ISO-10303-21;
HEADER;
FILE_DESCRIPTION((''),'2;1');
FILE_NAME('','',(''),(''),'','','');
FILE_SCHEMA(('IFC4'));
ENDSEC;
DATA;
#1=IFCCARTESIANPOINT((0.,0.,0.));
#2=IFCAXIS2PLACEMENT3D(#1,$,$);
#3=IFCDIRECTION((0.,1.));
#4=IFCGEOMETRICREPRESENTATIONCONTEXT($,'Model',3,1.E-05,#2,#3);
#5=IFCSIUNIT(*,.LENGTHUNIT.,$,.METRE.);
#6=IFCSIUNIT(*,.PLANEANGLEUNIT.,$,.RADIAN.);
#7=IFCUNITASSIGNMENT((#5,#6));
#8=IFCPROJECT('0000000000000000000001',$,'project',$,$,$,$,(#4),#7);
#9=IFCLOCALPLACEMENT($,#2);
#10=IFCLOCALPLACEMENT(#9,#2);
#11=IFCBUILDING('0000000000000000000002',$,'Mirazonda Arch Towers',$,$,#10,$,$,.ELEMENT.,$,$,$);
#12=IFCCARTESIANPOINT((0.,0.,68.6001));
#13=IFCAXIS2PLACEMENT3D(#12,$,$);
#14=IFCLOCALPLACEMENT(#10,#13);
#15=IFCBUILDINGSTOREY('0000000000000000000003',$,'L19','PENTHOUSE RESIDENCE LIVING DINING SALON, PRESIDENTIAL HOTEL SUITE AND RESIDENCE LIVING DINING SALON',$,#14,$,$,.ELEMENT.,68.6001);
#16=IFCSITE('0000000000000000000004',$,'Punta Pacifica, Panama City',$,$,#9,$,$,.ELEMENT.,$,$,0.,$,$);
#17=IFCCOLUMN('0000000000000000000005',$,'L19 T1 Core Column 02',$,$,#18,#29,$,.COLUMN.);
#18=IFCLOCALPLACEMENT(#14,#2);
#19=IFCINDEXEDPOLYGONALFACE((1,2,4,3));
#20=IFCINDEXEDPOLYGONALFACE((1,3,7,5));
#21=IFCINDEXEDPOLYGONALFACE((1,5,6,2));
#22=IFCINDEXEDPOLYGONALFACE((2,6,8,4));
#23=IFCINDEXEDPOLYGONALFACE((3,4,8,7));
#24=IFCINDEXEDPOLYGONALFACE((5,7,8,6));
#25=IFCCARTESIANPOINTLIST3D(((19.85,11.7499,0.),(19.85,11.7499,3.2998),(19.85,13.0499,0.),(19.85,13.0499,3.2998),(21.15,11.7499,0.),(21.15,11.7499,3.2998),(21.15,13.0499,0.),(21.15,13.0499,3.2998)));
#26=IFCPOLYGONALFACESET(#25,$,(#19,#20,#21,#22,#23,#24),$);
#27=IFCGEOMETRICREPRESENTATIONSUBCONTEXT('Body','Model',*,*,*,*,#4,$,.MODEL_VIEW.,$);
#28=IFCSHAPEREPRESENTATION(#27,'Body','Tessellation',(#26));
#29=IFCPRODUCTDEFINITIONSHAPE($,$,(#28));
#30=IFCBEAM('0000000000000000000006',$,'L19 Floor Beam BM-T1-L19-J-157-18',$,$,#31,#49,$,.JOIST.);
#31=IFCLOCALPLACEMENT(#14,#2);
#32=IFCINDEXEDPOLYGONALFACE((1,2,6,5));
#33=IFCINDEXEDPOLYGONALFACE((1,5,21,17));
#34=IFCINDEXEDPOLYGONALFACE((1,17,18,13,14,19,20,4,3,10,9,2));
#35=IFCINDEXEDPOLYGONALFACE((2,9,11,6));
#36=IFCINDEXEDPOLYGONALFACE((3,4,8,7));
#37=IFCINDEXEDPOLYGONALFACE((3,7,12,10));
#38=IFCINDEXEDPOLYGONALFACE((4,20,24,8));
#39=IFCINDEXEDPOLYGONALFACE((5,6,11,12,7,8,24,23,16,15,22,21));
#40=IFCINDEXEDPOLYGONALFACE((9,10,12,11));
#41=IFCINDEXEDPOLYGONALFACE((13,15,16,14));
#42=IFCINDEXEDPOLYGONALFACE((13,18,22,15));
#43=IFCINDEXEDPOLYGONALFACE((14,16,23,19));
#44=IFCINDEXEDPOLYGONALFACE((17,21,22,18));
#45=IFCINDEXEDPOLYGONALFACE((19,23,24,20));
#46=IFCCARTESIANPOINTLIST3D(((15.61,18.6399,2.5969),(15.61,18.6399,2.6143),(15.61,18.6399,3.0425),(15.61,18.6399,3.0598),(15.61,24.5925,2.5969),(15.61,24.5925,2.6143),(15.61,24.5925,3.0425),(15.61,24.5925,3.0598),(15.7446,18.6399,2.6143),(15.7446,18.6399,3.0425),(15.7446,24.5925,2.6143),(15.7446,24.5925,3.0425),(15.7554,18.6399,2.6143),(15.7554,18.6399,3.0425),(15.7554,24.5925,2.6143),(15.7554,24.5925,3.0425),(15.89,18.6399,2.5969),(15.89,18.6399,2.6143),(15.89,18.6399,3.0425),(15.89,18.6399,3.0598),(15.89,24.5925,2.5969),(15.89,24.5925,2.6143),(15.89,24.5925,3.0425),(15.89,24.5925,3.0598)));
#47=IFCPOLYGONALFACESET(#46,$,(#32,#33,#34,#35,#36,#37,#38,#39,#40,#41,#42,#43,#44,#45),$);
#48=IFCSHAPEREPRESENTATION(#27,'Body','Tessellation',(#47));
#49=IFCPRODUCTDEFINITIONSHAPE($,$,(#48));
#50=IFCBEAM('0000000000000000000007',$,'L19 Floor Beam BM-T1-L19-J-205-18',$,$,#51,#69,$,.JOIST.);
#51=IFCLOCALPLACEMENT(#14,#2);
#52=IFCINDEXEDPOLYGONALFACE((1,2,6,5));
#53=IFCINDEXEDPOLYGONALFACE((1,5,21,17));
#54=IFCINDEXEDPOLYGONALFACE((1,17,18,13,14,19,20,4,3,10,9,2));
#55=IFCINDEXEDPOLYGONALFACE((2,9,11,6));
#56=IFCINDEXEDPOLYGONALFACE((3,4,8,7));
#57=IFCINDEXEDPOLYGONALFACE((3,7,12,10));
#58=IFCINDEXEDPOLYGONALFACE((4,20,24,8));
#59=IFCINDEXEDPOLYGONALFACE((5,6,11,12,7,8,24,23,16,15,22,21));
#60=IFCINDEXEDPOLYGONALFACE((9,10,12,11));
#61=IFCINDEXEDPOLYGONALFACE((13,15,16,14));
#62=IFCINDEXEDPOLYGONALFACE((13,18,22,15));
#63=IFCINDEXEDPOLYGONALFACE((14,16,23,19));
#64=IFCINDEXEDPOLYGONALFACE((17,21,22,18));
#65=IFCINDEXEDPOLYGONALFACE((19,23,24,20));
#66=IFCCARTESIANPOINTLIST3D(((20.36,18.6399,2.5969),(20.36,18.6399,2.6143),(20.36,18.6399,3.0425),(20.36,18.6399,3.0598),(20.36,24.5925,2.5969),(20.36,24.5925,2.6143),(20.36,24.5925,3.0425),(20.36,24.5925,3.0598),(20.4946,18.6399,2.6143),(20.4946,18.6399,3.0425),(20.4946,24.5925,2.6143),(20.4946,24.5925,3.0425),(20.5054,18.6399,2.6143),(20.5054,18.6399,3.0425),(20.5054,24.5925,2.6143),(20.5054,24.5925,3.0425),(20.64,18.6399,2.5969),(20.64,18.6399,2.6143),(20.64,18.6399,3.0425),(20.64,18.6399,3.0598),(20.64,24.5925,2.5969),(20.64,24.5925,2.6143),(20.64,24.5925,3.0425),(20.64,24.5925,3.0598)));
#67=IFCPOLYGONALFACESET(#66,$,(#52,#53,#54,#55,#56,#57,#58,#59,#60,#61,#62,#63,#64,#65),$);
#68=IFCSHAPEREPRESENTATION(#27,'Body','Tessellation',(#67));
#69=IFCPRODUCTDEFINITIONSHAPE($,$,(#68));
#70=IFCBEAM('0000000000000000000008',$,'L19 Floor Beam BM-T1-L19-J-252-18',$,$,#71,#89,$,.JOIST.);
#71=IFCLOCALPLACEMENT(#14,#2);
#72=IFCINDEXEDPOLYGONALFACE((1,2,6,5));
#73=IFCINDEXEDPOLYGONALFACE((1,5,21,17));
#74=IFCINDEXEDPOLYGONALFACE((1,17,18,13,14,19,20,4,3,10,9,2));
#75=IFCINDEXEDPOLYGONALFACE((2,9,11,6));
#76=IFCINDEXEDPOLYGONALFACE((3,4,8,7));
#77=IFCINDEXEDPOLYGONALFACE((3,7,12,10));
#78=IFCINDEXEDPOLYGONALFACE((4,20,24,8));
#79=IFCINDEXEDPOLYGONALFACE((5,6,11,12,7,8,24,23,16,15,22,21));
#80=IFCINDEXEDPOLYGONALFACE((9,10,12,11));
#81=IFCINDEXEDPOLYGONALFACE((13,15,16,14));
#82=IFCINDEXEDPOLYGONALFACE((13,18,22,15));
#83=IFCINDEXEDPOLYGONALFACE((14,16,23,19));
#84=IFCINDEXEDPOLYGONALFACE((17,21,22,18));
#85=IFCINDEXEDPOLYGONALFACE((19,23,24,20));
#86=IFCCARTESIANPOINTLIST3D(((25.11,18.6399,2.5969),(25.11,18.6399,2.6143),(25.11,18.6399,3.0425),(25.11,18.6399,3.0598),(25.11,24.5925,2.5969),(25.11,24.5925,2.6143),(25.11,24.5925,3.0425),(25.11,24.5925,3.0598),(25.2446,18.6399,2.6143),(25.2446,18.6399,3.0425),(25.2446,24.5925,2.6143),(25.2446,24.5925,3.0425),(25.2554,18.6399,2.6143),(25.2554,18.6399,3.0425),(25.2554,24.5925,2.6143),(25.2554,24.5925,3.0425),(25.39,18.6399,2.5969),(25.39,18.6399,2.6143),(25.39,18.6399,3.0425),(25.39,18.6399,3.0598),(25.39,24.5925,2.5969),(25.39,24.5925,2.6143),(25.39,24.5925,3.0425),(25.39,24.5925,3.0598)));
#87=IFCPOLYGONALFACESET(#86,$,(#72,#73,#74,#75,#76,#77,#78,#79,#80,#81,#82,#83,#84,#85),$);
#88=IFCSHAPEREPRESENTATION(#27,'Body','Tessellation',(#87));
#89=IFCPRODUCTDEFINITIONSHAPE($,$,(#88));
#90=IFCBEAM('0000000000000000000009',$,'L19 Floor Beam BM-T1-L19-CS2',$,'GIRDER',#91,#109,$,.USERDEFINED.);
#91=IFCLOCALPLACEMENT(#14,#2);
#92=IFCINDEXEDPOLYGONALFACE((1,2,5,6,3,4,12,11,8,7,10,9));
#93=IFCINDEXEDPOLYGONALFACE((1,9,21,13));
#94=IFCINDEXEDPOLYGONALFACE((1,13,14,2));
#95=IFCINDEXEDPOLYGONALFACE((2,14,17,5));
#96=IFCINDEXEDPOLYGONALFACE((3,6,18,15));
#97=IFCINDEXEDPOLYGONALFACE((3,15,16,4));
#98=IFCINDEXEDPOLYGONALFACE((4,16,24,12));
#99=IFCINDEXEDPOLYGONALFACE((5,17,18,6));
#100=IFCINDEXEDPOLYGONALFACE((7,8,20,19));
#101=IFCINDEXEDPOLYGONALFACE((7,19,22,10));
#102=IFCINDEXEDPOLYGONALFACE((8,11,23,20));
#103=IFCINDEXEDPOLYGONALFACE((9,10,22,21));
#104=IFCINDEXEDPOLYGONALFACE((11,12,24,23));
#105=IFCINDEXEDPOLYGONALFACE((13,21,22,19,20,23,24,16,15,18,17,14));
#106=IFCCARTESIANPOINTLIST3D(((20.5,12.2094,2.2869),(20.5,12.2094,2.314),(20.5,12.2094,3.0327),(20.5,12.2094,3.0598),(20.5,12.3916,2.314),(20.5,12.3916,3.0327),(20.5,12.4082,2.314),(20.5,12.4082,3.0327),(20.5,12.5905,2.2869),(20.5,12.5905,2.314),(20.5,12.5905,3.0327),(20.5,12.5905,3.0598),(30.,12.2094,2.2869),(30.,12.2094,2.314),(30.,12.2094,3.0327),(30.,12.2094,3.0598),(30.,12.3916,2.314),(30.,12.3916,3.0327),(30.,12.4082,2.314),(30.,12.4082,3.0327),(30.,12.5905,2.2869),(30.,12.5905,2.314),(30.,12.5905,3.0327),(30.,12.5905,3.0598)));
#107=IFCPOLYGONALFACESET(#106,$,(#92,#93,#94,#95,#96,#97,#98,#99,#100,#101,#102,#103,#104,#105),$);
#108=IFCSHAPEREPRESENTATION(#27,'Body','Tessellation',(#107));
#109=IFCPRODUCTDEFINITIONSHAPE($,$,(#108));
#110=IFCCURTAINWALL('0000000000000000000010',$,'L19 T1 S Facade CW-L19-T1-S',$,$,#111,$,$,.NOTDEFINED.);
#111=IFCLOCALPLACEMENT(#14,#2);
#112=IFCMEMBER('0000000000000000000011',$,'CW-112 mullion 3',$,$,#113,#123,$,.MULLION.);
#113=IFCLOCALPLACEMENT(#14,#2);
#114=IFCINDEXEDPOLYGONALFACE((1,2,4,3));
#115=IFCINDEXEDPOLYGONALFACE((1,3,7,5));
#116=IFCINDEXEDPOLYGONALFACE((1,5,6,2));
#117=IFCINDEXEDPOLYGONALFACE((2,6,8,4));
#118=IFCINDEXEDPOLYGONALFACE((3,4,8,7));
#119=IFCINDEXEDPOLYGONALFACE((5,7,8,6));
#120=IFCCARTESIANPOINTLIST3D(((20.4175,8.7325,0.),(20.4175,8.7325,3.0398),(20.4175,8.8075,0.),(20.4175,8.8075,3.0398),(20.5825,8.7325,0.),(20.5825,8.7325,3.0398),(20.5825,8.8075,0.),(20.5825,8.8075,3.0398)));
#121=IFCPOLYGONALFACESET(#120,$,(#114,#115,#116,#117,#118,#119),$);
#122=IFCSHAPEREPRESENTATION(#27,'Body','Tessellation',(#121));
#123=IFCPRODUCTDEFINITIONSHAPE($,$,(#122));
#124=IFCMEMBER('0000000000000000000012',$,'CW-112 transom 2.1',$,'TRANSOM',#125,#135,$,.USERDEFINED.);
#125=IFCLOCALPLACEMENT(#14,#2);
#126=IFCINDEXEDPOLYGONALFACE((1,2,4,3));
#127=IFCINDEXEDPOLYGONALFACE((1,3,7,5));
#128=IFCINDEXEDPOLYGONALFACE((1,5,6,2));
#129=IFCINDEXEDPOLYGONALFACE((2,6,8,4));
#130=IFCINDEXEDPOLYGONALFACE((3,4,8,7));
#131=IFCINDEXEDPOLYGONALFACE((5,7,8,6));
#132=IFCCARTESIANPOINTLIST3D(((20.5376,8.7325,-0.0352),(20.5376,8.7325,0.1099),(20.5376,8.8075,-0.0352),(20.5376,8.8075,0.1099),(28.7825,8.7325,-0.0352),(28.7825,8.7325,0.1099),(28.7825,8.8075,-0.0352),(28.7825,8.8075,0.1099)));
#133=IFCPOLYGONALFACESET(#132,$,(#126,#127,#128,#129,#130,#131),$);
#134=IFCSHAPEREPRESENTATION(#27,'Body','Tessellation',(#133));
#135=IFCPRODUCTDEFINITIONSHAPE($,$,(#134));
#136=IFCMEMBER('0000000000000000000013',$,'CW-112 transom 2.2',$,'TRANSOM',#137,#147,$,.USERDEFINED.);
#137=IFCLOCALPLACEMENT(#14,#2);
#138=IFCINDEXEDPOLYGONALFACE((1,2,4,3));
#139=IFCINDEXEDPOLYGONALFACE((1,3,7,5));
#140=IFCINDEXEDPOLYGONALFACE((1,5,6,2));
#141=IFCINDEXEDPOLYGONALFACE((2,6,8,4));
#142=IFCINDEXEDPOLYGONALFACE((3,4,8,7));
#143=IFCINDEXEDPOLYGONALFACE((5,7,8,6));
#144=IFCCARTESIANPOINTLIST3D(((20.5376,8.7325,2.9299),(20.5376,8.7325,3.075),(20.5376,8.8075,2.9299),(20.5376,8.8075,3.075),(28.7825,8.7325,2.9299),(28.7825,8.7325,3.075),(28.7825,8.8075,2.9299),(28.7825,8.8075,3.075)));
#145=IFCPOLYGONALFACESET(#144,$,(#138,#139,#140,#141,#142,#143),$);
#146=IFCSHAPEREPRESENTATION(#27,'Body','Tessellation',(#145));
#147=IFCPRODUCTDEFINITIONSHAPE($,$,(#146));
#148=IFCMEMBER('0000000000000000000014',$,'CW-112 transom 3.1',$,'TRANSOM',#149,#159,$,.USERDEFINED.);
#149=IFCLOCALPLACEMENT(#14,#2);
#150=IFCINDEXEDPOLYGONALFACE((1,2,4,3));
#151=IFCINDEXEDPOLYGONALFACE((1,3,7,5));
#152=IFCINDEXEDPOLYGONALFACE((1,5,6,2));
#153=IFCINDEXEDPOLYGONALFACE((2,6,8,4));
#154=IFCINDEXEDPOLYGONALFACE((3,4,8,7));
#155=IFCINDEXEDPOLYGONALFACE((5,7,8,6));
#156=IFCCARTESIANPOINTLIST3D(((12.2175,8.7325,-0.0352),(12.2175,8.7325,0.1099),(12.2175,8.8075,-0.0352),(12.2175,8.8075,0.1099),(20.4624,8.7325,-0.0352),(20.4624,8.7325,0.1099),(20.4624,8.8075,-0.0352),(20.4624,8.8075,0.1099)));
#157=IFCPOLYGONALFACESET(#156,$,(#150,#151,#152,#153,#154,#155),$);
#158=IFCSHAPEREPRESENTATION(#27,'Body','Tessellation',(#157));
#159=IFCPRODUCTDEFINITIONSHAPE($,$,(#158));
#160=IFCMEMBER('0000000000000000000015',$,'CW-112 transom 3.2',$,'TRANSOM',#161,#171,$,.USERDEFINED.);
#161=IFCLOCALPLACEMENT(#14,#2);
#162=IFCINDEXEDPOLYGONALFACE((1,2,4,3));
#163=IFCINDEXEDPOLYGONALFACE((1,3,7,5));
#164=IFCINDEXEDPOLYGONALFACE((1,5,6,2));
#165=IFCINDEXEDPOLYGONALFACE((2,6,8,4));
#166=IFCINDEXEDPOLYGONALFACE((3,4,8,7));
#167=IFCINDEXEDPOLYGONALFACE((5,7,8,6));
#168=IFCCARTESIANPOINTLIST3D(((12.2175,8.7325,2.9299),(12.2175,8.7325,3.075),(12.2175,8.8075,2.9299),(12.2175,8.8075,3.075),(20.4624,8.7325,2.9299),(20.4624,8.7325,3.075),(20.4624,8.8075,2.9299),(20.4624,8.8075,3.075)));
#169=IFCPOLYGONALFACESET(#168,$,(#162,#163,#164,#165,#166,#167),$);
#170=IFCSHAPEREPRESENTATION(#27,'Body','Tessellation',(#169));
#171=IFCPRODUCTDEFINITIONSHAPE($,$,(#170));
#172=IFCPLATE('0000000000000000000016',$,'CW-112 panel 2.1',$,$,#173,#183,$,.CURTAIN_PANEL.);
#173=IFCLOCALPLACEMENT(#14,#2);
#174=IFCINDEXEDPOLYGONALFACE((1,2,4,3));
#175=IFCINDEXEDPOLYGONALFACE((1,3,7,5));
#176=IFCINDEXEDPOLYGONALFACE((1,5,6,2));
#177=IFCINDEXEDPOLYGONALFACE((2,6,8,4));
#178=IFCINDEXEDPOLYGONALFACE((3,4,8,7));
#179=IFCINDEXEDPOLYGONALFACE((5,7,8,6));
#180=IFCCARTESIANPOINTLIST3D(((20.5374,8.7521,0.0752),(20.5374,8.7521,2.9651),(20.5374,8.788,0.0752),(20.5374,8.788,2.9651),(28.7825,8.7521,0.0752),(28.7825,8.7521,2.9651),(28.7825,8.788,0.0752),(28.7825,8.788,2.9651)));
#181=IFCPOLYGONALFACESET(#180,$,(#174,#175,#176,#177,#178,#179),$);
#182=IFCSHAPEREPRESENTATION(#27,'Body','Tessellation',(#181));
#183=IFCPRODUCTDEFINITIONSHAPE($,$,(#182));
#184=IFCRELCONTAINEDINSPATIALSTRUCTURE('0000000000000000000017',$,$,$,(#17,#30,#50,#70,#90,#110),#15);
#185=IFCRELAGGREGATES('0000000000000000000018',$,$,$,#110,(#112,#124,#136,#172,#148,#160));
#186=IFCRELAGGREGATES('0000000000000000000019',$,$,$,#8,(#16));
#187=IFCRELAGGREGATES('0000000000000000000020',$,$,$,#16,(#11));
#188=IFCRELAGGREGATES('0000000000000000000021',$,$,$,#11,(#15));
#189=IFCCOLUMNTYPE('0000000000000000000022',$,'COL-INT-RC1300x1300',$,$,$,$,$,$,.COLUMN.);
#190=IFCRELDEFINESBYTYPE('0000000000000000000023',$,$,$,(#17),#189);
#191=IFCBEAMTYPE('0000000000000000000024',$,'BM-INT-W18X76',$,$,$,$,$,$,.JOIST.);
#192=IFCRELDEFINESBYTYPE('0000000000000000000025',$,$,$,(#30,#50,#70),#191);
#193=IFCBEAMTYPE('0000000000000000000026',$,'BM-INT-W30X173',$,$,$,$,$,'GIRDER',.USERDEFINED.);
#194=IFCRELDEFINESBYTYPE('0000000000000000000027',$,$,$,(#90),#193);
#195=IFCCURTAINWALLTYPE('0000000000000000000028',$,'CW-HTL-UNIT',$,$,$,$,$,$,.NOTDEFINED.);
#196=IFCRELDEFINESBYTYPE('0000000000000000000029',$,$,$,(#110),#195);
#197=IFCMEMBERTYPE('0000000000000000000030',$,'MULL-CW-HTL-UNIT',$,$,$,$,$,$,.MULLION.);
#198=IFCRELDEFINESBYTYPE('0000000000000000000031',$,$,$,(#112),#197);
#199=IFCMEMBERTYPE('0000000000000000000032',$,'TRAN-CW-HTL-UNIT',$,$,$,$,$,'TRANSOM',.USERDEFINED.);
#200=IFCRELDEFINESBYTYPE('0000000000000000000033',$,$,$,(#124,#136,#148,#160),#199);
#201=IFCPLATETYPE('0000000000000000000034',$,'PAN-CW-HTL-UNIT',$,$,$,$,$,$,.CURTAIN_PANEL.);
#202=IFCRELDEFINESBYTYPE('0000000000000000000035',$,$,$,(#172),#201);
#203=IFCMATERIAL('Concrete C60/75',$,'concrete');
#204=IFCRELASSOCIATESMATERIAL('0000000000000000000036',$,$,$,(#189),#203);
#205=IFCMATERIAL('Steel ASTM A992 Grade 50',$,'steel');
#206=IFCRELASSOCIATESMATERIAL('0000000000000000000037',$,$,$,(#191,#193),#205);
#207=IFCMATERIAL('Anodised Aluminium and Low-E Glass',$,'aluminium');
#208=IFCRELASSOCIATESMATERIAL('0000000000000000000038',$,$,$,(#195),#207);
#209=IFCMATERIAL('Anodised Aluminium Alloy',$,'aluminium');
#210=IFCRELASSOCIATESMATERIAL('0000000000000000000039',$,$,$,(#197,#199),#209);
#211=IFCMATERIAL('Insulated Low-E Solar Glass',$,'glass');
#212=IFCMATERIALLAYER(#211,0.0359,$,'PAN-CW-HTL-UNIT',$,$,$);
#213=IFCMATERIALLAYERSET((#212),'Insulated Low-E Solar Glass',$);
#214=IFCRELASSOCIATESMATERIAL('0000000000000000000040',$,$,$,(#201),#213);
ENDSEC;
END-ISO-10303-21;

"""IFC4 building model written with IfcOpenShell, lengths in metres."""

from ifc_helpers import new_model, si_unit, direction, frame, origin, origin_2d, place, context, subcontext, project, spatial, rectangle, i_section, extrude, material, layer, layer_set, material_profile, profile_set, type_object, element, aggregate, save


model = new_model("IFC4")

# Units and contexts
model_context = context("Model", 3, precision=1e-05, world=origin(), true_north=direction((0.0, 1.0)))
body_context = subcontext(model_context, "Body", "Model", "MODEL_VIEW")
ifc_project = project(units=[si_unit("LENGTHUNIT", "METRE"), si_unit("PLANEANGLEUNIT", "RADIAN")], contexts=[model_context])

# Site, building, storey
site_placement = place(None, origin())
site = spatial("IfcSite", under=ifc_project, at=site_placement, Name="Punta Pacifica, Panama City", CompositionType="ELEMENT", RefElevation=0.0)
building_placement = place(site_placement, origin())
building = spatial("IfcBuilding", under=site, at=building_placement, Name="Mirazonda Arch Towers", CompositionType="ELEMENT")
storey_placement = place(building_placement, frame((0.0, 0.0, 68.6001)))
storey = spatial("IfcBuildingStorey", under=building, at=storey_placement, Name="L19", Description="PENTHOUSE RESIDENCE LIVING DINING SALON, PRESIDENTIAL HOTEL SUITE AND RESIDENCE LIVING DINING SALON", CompositionType="ELEMENT", Elevation=68.6001)

# Column
ifc_material_1 = material(Name="Concrete C60/75", Category="concrete")
ifc_material_profile_1 = material_profile(ifc_material_1, rectangle(XDim=1.3, YDim=1.3, at=origin_2d()), Name="RC1300x1300")
ifc_profile_set_1 = profile_set([ifc_material_profile_1], Name="Concrete C60/75")
column_type = type_object("IfcColumnType", Name="COL-INT-RC1300x1300", PredefinedType="COLUMN", material=ifc_profile_set_1)
column_placement = place(storey_placement, frame((20.5, 12.3999, 0.0), z_axis=(0.0, 0.0, 1.0), x_axis=(1.0, 0.0, 0.0)))
element("IfcColumn", 1, at=column_placement, inside=storey, type_object=column_type, Name="L19 T1 Core Column 02", PredefinedType="COLUMN", context=body_context, shape_type="SweptSolid", body=[
    extrude(rectangle(XDim=1.3, YDim=1.3, at=origin_2d()), origin(), (0.0, 0.0, 1.0), 3.2998),
])

# Beams
ifc_material_2 = material(Name="Steel ASTM A992 Grade 50", Category="steel")
ifc_material_profile_2 = material_profile(ifc_material_2, i_section(OverallWidth=0.28, OverallDepth=0.4629, WebThickness=0.0107, FlangeThickness=0.0173, at=origin_2d()), Name="W18X76")
ifc_profile_set_2 = profile_set([ifc_material_profile_2], Name="Steel ASTM A992 Grade 50")
beam_type_1 = type_object("IfcBeamType", Name="BM-INT-W18X76", PredefinedType="JOIST", material=ifc_profile_set_2)
for number, where, z_axis, x_axis, name in (
    (2, (15.75, 18.6399, 2.8284), (0.0, 1.0, 0.0), (-1.0, 0.0, 0.0), "L19 Floor Beam BM-T1-L19-J-157-18"),
    (3, (20.5, 18.6399, 2.8284), (0.0, 1.0, 0.0), (-1.0, 0.0, 0.0), "L19 Floor Beam BM-T1-L19-J-205-18"),
    (4, (25.25, 18.6399, 2.8284), (0.0, 1.0, 0.0), (-1.0, 0.0, 0.0), "L19 Floor Beam BM-T1-L19-J-252-18"),
):
    element("IfcBeam", number, at=place(storey_placement, frame(where, z_axis=z_axis, x_axis=x_axis)), inside=storey, type_object=beam_type_1, Name=name, PredefinedType="JOIST", context=body_context, shape_type="SweptSolid", body=[
        extrude(i_section(OverallWidth=0.28, OverallDepth=0.4629, WebThickness=0.0107, FlangeThickness=0.0173, at=origin_2d()), origin(), (0.0, 0.0, 1.0), 5.9526),
    ])
ifc_material_profile_3 = material_profile(ifc_material_2, i_section(OverallWidth=0.3811, OverallDepth=0.7729, WebThickness=0.0166, FlangeThickness=0.0271, at=origin_2d()), Name="W30X173")
ifc_profile_set_3 = profile_set([ifc_material_profile_3], Name="Steel ASTM A992 Grade 50")
beam_type_2 = type_object("IfcBeamType", Name="BM-INT-W30X173", ElementType="GIRDER", PredefinedType="USERDEFINED", material=ifc_profile_set_3)
beam_placement = place(storey_placement, frame((20.5, 12.3999, 2.6733), z_axis=(1.0, 0.0, 0.0), x_axis=(0.0, 1.0, 0.0)))
element("IfcBeam", 5, at=beam_placement, inside=storey, type_object=beam_type_2, Name="L19 Floor Beam BM-T1-L19-CS2", ObjectType="GIRDER", PredefinedType="USERDEFINED", context=body_context, shape_type="SweptSolid", body=[
    extrude(i_section(OverallWidth=0.3811, OverallDepth=0.7729, WebThickness=0.0166, FlangeThickness=0.0271, at=origin_2d()), origin(), (0.0, 0.0, 1.0), 9.5),
])

# Curtain wall, members, plate
ifc_material_3 = material(Name="Anodised Aluminium and Low-E Glass", Category="aluminium")
curtain_wall_type = type_object("IfcCurtainWallType", Name="CW-HTL-UNIT", PredefinedType="NOTDEFINED", material=ifc_material_3)
curtain_wall_placement = place(storey_placement, origin())
curtain_wall = element("IfcCurtainWall", 6, at=curtain_wall_placement, inside=storey, type_object=curtain_wall_type, Name="L19 T1 S Facade CW-L19-T1-S", PredefinedType="NOTDEFINED")
ifc_material_4 = material(Name="Anodised Aluminium Alloy", Category="aluminium")
ifc_material_profile_4 = material_profile(ifc_material_4, rectangle(XDim=0.075, YDim=0.165, at=origin_2d()), Name="ALU-MULL-75x165")
ifc_profile_set_4 = profile_set([ifc_material_profile_4], Name="Anodised Aluminium Alloy")
member_type_1 = type_object("IfcMemberType", Name="MULL-CW-HTL-UNIT", PredefinedType="MULLION", material=ifc_profile_set_4)
member_1_placement = place(storey_placement, frame((20.5, 8.77, 0.0), z_axis=(0.0, 0.0, 1.0), x_axis=(0.0, -1.0, 0.0)))
member_1 = element("IfcMember", 7, at=member_1_placement, type_object=member_type_1, Name="CW-112 mullion 3", PredefinedType="MULLION", context=body_context, shape_type="SweptSolid", body=[
    extrude(rectangle(XDim=0.075, YDim=0.165, at=origin_2d()), origin(), (0.0, 0.0, 1.0), 3.0398),
])
ifc_material_profile_5 = material_profile(ifc_material_4, rectangle(XDim=0.075, YDim=0.145, at=origin_2d()), Name="ALU-TRAN-75x145")
ifc_profile_set_5 = profile_set([ifc_material_profile_5], Name="Anodised Aluminium Alloy")
member_type_2 = type_object("IfcMemberType", Name="TRAN-CW-HTL-UNIT", ElementType="TRANSOM", PredefinedType="USERDEFINED", material=ifc_profile_set_5)
member_2_placement = place(storey_placement, frame((28.7825, 8.77, 0.0374), z_axis=(-1.0, 0.0, 0.0), x_axis=(0.0, -1.0, 0.0)))
member_2 = element("IfcMember", 8, at=member_2_placement, type_object=member_type_2, Name="CW-112 transom 2.1", ObjectType="TRANSOM", PredefinedType="USERDEFINED", context=body_context, shape_type="SweptSolid", body=[
    extrude(rectangle(XDim=0.075, YDim=0.145, at=origin_2d()), origin(), (0.0, 0.0, 1.0), 8.2449),
])
member_3_placement = place(storey_placement, frame((28.7825, 8.77, 3.0024), z_axis=(-1.0, 0.0, 0.0), x_axis=(0.0, -1.0, 0.0)))
member_3 = element("IfcMember", 9, at=member_3_placement, type_object=member_type_2, Name="CW-112 transom 2.2", ObjectType="TRANSOM", PredefinedType="USERDEFINED", context=body_context, shape_type="SweptSolid", body=[
    extrude(rectangle(XDim=0.075, YDim=0.145, at=origin_2d()), origin(), (0.0, 0.0, 1.0), 8.2449),
])
member_4_placement = place(storey_placement, frame((20.4624, 8.77, 0.0374), z_axis=(-1.0, 0.0, 0.0), x_axis=(0.0, -1.0, 0.0)))
member_4 = element("IfcMember", 10, at=member_4_placement, type_object=member_type_2, Name="CW-112 transom 3.1", ObjectType="TRANSOM", PredefinedType="USERDEFINED", context=body_context, shape_type="SweptSolid", body=[
    extrude(rectangle(XDim=0.075, YDim=0.145, at=origin_2d()), origin(), (0.0, 0.0, 1.0), 8.2449),
])
member_5_placement = place(storey_placement, frame((20.4624, 8.77, 3.0024), z_axis=(-1.0, 0.0, 0.0), x_axis=(0.0, -1.0, 0.0)))
member_5 = element("IfcMember", 11, at=member_5_placement, type_object=member_type_2, Name="CW-112 transom 3.2", ObjectType="TRANSOM", PredefinedType="USERDEFINED", context=body_context, shape_type="SweptSolid", body=[
    extrude(rectangle(XDim=0.075, YDim=0.145, at=origin_2d()), origin(), (0.0, 0.0, 1.0), 8.2449),
])
ifc_material_5 = material(Name="Insulated Low-E Solar Glass", Category="glass")
ifc_layer_1 = layer(ifc_material_5, 0.0359, Name="PAN-CW-HTL-UNIT")
ifc_layer_set_1 = layer_set([ifc_layer_1], Name="Insulated Low-E Solar Glass")
plate_type = type_object("IfcPlateType", Name="PAN-CW-HTL-UNIT", PredefinedType="CURTAIN_PANEL", material=ifc_layer_set_1)
plate_1_placement = place(storey_placement, frame((24.6599, 8.77, 0.0752), z_axis=(0.0, 0.0, 1.0), x_axis=(-1.0, 0.0, 0.0)))
plate_1 = element("IfcPlate", 12, at=plate_1_placement, type_object=plate_type, Name="CW-112 panel 2.1", PredefinedType="CURTAIN_PANEL", context=body_context, shape_type="SweptSolid", body=[
    extrude(rectangle(XDim=8.2451, YDim=0.0359, at=origin_2d()), origin(), (0.0, 0.0, 1.0), 2.8899),
])
aggregate(curtain_wall, [member_1, member_2, member_3, plate_1, member_4, member_5])

save(model, "model.ifc")
